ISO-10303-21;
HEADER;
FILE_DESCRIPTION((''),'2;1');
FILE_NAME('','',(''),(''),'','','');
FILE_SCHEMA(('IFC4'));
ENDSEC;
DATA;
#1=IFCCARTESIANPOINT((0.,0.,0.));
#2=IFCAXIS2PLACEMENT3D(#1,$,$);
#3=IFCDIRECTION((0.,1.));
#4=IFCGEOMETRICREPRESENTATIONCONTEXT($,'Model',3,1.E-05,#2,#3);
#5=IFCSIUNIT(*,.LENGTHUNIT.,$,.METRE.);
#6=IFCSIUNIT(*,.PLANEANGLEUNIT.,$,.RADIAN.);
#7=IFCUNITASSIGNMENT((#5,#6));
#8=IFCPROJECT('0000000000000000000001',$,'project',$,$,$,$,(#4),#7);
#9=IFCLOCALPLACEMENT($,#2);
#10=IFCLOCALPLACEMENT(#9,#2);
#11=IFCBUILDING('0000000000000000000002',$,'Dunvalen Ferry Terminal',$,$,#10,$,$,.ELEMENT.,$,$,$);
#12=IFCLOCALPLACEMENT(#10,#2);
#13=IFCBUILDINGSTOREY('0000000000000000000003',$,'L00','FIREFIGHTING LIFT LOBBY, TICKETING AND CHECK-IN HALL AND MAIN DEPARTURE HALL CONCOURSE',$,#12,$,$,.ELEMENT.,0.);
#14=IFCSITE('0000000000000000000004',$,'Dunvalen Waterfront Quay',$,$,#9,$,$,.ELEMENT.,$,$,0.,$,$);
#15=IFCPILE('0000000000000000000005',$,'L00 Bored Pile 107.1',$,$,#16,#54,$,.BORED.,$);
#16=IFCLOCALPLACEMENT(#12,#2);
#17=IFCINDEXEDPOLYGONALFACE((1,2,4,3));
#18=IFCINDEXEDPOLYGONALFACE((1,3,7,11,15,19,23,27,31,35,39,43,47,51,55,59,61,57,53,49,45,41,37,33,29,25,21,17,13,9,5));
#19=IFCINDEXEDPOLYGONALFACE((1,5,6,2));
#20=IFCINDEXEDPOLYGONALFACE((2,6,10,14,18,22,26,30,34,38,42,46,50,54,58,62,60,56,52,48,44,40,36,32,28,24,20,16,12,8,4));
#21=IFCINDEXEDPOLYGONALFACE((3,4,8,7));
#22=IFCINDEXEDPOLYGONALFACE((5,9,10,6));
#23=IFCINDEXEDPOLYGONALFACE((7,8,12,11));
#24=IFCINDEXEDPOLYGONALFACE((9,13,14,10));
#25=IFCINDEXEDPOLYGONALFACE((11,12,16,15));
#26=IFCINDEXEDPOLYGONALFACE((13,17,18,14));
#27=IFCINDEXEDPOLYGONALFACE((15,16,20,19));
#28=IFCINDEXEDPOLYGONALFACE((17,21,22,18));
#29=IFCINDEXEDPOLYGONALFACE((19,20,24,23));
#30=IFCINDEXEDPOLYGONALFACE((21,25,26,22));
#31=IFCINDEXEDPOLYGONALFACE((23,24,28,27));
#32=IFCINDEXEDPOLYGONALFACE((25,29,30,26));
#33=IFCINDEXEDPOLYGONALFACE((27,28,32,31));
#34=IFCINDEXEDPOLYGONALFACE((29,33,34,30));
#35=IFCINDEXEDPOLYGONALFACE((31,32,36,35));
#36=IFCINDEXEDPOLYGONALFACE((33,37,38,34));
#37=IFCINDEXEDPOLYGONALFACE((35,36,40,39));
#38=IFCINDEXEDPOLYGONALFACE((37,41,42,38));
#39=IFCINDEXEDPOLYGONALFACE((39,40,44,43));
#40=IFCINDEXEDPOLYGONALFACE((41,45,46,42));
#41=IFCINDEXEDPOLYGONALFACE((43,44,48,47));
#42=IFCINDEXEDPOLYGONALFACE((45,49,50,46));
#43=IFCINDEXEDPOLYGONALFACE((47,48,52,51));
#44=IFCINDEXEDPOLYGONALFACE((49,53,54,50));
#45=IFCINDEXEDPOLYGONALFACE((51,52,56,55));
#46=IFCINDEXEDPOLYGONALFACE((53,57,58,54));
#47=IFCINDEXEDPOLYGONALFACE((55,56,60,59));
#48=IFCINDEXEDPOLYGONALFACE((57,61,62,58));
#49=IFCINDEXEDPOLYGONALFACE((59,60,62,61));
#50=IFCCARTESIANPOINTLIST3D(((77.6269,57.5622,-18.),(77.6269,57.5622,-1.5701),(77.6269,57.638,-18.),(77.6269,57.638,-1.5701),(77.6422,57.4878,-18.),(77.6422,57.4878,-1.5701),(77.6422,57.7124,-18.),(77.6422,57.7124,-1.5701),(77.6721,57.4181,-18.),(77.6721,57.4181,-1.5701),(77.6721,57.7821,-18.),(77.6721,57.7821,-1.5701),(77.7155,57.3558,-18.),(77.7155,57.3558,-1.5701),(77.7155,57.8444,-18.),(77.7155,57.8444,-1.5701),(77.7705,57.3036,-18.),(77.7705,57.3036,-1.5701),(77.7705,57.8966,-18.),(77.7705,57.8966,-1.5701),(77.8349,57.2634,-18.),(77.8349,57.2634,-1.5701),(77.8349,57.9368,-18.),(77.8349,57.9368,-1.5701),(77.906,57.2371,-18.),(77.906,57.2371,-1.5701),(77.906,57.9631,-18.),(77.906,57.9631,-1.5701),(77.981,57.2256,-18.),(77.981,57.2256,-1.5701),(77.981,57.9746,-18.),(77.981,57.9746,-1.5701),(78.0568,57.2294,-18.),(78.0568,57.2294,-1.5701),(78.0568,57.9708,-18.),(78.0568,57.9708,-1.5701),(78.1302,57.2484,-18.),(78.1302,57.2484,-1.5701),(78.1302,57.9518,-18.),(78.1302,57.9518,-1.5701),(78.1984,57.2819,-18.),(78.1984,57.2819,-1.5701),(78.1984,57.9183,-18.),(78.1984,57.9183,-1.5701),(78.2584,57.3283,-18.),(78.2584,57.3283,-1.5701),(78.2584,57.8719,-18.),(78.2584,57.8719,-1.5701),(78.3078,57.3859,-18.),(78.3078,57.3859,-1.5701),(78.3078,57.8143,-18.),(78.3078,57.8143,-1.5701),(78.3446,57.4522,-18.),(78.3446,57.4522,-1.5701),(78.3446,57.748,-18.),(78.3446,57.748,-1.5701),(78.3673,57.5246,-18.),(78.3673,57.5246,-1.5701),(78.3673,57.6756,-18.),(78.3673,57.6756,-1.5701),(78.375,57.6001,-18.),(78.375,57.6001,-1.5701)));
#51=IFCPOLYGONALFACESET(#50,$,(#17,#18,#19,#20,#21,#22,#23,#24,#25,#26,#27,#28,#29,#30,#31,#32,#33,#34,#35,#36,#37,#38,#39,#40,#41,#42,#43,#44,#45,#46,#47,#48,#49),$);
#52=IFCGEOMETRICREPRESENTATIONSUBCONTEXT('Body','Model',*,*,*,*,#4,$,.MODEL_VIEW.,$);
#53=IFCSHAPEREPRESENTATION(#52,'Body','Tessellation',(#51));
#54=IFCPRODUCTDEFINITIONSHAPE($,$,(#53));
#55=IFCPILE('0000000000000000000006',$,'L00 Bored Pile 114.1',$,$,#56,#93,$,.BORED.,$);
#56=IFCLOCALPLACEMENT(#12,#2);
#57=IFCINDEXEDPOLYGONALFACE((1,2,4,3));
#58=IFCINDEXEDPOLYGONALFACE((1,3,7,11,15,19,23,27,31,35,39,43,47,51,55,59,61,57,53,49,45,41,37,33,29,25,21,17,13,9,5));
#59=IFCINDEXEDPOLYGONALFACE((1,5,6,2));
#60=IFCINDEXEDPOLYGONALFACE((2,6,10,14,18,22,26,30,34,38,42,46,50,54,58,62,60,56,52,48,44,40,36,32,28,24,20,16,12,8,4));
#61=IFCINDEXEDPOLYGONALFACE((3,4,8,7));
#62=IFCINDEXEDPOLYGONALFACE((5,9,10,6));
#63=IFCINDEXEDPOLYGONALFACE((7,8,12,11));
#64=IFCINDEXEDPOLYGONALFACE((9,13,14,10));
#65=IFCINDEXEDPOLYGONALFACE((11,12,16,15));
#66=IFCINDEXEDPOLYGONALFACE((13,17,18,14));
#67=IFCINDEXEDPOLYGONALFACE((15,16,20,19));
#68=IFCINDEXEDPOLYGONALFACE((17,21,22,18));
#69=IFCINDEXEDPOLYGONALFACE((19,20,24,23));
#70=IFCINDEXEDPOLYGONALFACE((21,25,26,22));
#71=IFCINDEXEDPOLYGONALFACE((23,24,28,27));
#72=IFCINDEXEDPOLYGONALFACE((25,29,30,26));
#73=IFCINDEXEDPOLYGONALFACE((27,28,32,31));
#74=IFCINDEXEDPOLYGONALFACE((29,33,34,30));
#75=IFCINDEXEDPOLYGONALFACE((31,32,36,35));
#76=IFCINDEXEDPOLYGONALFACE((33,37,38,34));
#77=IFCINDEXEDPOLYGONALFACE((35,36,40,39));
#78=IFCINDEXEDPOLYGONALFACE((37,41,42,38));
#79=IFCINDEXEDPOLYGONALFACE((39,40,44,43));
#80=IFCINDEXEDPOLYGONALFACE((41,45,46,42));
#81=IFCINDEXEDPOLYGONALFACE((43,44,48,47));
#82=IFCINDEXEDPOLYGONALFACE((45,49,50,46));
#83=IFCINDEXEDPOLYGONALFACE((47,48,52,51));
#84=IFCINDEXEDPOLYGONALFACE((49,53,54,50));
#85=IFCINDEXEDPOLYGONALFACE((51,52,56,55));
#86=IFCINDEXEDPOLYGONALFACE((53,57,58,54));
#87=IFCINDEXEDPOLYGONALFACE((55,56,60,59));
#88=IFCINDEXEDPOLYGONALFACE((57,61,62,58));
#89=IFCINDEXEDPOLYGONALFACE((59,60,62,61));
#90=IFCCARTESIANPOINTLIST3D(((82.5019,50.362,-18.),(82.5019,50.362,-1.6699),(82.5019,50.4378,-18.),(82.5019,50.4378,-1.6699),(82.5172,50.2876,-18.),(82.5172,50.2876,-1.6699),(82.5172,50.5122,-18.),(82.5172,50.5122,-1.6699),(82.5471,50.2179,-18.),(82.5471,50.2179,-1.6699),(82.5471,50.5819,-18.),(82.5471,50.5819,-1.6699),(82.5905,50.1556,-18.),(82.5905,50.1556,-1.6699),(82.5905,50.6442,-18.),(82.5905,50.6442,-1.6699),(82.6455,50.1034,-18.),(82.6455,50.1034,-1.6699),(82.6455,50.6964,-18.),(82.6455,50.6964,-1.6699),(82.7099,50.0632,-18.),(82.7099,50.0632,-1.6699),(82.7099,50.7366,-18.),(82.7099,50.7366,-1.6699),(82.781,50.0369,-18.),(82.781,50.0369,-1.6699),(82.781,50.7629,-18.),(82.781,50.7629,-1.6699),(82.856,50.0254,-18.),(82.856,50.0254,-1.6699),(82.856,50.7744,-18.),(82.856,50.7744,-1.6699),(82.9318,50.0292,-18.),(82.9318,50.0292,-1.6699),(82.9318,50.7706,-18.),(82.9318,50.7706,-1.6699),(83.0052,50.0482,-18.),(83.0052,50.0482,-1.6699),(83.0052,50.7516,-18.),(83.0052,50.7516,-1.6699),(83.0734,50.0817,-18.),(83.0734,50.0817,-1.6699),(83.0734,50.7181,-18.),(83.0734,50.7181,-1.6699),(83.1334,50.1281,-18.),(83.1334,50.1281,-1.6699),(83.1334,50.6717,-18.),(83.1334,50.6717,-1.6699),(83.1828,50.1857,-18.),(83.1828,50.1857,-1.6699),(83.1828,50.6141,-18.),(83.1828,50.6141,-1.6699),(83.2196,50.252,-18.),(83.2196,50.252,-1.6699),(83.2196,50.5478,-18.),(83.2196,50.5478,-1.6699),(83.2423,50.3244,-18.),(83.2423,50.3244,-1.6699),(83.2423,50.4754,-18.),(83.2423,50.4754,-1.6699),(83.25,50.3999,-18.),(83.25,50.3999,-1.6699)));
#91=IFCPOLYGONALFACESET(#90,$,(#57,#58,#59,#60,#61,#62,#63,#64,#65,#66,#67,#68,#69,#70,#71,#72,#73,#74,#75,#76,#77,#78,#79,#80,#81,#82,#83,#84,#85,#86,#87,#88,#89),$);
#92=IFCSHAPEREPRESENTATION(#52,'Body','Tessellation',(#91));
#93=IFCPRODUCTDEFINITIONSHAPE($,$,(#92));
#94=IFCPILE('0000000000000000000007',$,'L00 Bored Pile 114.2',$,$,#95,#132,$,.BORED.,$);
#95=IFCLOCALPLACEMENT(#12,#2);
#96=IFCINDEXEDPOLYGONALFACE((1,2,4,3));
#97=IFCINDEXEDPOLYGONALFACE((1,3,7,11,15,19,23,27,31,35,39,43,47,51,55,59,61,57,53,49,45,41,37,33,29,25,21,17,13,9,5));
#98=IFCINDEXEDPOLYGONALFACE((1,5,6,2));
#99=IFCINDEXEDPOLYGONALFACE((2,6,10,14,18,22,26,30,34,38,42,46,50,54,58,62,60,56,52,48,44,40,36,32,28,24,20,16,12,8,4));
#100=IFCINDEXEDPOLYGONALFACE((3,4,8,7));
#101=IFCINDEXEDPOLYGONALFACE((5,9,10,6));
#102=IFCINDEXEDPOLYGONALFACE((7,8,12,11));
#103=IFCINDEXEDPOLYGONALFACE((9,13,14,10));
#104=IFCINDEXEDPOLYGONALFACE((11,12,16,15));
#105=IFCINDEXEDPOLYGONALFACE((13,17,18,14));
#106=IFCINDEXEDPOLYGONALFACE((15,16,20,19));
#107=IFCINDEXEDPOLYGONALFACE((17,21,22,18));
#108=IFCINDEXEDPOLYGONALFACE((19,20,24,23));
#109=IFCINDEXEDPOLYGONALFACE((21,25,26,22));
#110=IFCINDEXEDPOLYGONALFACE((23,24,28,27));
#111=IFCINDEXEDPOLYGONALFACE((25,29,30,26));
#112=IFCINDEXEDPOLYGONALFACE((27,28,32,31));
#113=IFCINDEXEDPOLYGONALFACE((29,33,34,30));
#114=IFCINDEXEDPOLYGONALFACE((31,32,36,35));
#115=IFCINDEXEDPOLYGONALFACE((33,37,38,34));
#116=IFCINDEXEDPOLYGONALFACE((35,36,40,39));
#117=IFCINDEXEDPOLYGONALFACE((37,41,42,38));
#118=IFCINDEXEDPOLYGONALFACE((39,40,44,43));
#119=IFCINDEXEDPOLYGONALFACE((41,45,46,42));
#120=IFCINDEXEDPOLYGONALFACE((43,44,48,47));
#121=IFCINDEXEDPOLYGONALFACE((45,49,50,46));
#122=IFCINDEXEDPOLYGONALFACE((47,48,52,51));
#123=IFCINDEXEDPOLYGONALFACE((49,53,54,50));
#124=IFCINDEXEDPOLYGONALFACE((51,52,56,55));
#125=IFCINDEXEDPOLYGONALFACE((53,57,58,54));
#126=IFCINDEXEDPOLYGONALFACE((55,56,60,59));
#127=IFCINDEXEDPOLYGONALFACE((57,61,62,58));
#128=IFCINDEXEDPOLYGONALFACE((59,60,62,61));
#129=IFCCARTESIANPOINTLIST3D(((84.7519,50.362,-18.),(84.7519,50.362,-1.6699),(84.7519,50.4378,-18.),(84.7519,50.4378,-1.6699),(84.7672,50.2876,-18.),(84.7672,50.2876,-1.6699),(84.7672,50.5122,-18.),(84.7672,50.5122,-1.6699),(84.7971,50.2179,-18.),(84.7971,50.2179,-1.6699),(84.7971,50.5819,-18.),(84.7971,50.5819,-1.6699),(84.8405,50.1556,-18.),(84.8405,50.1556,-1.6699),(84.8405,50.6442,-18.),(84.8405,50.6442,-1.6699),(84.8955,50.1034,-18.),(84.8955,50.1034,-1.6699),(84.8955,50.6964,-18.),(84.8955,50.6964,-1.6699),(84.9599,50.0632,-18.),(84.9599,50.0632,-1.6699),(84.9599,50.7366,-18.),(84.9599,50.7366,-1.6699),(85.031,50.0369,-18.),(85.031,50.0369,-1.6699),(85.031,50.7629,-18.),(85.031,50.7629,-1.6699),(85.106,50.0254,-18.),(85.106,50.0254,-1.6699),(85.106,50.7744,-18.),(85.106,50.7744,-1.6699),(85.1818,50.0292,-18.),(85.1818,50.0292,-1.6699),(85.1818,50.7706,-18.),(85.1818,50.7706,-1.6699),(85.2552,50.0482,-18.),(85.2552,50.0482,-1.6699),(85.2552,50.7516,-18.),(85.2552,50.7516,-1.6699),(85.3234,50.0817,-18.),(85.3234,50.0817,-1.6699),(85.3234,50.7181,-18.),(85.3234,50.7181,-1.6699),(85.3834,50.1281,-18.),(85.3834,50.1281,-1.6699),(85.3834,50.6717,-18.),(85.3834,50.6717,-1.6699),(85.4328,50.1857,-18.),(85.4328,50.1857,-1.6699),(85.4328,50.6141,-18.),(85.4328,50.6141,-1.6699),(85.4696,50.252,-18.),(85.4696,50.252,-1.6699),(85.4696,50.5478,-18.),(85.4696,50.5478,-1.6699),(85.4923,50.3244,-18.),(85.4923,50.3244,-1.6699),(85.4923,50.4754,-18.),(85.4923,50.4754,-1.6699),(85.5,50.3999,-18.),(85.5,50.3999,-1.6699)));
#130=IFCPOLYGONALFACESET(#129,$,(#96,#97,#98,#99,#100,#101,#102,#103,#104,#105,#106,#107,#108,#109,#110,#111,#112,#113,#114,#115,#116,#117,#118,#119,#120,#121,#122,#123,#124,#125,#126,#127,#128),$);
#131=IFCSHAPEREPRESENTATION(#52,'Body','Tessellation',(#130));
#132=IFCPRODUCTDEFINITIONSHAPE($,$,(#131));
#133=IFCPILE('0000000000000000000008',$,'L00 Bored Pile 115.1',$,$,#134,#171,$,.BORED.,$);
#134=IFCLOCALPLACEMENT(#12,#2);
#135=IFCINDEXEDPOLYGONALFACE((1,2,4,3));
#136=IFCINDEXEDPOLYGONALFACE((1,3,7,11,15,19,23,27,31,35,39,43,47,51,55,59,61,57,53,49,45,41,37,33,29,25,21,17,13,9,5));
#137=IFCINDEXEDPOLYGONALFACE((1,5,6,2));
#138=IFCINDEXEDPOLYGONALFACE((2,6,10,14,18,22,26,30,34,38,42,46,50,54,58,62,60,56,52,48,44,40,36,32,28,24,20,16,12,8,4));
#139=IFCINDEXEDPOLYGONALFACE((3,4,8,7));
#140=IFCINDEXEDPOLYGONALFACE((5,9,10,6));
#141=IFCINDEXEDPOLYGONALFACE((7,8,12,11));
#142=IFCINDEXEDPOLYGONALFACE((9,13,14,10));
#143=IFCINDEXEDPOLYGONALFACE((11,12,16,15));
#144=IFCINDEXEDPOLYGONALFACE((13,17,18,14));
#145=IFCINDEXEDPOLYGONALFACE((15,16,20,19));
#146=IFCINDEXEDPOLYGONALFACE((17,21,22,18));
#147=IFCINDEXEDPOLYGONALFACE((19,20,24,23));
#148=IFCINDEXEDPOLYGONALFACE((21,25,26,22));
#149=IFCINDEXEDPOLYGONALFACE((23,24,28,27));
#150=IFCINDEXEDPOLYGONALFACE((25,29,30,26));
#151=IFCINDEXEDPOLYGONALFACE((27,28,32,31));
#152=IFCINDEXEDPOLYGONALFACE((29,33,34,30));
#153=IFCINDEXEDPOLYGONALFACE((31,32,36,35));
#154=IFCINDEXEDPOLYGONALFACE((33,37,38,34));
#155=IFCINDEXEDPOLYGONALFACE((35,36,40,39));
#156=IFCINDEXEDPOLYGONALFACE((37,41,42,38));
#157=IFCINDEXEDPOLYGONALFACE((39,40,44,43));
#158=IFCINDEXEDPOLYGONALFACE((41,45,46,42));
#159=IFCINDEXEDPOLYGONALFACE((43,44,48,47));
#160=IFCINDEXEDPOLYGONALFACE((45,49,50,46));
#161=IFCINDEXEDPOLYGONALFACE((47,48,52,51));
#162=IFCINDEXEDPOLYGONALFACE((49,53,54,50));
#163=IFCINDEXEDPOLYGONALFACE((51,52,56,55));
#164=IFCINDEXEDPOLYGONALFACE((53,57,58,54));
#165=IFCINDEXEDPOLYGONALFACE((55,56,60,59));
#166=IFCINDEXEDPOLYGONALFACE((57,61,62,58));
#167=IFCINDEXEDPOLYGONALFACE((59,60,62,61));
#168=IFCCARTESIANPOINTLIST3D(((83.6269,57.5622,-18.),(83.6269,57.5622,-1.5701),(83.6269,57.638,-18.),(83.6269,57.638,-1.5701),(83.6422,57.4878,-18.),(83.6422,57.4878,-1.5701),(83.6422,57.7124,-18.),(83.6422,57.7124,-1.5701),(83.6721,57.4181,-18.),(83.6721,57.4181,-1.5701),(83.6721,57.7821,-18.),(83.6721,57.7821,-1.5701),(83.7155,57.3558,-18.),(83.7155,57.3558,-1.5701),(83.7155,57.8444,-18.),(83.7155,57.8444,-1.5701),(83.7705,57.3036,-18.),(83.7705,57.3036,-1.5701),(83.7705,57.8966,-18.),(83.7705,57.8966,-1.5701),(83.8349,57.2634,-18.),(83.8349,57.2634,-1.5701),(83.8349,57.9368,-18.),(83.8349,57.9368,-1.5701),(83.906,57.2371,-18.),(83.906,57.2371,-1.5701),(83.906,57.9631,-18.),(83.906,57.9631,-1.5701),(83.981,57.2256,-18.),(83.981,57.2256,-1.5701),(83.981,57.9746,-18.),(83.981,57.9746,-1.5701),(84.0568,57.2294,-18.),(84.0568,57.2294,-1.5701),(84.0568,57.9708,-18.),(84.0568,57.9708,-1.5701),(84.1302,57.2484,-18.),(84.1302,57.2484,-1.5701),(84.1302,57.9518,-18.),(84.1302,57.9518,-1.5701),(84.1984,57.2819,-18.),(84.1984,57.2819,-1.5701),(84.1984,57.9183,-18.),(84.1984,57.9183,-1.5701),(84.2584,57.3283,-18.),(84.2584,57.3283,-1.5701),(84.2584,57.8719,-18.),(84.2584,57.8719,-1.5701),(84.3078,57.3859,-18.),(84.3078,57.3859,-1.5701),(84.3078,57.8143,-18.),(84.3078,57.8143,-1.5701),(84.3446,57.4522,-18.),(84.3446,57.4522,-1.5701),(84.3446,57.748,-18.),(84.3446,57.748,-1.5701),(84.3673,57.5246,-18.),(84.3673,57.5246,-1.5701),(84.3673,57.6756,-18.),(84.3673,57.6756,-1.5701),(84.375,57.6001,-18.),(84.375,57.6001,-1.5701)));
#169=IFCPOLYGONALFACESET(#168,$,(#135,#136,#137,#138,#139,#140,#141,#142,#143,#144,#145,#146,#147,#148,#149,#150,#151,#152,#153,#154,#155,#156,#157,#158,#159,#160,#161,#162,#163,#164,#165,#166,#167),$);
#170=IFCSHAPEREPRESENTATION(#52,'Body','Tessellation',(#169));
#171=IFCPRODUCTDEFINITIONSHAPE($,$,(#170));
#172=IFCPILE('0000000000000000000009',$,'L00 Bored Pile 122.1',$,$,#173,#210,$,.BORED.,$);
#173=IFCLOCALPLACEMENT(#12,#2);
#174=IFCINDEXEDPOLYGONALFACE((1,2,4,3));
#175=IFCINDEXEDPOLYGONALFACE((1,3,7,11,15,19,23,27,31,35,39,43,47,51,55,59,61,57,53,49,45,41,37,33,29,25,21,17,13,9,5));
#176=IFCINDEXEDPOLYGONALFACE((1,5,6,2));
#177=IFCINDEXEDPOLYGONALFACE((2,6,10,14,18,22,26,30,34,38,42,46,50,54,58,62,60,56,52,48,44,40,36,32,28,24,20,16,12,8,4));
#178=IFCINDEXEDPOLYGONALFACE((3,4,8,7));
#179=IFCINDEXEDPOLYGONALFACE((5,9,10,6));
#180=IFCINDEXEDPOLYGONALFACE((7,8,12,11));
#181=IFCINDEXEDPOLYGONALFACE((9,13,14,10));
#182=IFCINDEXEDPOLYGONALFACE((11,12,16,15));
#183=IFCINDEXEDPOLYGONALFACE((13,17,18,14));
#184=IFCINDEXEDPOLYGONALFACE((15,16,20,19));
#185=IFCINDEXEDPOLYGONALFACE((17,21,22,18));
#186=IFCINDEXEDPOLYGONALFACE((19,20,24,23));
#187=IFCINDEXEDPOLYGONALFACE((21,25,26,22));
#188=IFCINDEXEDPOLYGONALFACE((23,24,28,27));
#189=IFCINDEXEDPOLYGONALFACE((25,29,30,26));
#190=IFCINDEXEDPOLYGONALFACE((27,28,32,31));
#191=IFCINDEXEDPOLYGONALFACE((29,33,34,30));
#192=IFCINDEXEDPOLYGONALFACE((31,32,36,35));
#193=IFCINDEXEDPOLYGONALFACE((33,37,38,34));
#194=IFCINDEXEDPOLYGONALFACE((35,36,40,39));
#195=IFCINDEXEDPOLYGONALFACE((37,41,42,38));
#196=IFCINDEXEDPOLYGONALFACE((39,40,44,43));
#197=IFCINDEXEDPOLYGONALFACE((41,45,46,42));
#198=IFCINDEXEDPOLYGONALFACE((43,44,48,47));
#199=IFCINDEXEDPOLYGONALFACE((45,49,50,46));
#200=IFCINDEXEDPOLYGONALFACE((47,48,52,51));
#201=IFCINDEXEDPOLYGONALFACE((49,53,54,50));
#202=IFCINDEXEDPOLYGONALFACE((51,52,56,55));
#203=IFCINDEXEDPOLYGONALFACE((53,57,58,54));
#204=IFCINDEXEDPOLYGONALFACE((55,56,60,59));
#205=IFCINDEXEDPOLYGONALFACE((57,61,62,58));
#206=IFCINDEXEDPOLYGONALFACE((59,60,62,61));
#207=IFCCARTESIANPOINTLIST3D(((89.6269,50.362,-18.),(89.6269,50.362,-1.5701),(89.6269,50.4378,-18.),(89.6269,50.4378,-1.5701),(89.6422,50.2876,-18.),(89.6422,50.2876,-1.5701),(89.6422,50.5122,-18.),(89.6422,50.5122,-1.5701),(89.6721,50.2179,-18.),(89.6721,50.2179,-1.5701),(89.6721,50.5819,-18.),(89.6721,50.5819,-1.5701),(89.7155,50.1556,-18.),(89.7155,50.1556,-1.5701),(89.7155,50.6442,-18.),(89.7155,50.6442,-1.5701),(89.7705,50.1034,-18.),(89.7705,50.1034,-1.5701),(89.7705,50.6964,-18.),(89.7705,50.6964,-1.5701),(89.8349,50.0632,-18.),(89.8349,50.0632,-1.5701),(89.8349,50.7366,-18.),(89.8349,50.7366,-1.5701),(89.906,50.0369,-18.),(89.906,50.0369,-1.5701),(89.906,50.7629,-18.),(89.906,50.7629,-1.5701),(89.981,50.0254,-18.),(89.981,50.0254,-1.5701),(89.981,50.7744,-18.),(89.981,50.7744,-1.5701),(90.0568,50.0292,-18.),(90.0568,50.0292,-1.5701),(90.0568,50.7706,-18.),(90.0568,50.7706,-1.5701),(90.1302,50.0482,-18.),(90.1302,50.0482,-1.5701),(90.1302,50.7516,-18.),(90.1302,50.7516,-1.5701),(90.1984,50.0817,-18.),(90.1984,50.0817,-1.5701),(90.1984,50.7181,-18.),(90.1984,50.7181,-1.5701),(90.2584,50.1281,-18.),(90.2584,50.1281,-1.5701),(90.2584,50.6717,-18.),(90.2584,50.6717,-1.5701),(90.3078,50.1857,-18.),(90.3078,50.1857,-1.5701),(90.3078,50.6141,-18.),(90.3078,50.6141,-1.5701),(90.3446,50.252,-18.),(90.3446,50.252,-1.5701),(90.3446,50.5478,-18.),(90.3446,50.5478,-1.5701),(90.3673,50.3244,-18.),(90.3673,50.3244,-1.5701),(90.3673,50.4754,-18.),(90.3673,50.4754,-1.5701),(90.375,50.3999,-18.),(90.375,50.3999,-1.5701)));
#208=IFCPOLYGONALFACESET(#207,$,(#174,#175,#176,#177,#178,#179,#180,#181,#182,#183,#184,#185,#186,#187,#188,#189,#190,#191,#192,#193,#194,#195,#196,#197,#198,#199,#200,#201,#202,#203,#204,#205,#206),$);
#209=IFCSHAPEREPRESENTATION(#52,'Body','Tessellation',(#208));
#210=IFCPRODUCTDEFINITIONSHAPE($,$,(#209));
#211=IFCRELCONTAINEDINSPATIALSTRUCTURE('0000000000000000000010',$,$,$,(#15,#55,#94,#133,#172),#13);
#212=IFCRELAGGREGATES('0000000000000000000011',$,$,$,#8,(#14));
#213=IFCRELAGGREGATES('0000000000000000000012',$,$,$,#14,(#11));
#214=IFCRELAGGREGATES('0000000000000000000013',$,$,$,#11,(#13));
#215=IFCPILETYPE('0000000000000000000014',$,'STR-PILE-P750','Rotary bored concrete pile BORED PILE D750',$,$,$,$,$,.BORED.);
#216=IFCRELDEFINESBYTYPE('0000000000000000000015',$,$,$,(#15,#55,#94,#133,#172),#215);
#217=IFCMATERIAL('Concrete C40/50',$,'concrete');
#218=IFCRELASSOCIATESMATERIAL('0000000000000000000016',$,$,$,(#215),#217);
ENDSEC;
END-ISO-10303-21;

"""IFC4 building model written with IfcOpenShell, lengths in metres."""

from ifc_helpers import new_model, si_unit, direction, frame, origin, origin_2d, place, context, subcontext, project, spatial, circle, extrude, material, material_profile, profile_set, type_object, element, save


model = new_model("IFC4")

# Units and contexts
model_context = context("Model", 3, precision=1e-05, world=origin(), true_north=direction((0.0, 1.0)))
body_context = subcontext(model_context, "Body", "Model", "MODEL_VIEW")
ifc_project = project(units=[si_unit("LENGTHUNIT", "METRE"), si_unit("PLANEANGLEUNIT", "RADIAN")], contexts=[model_context])

# Site, building, storey
site_placement = place(None, origin())
site = spatial("IfcSite", under=ifc_project, at=site_placement, Name="Dunvalen Waterfront Quay", CompositionType="ELEMENT", RefElevation=0.0)
building_placement = place(site_placement, origin())
building = spatial("IfcBuilding", under=site, at=building_placement, Name="Dunvalen Ferry Terminal", CompositionType="ELEMENT")
storey_placement = place(building_placement, origin())
storey = spatial("IfcBuildingStorey", under=building, at=storey_placement, Name="L00", Description="FIREFIGHTING LIFT LOBBY, TICKETING AND CHECK-IN HALL AND MAIN DEPARTURE HALL CONCOURSE", CompositionType="ELEMENT", Elevation=0.0)

# Shared definitions
ifc_material_1 = material(Name="Concrete C40/50", Category="concrete")

# Piles
ifc_material_profile_1 = material_profile(ifc_material_1, circle(Radius=0.375, at=origin_2d()), Name="Concrete C40/50")
ifc_profile_set_1 = profile_set([ifc_material_profile_1], Name="Concrete C40/50")
pile_type = type_object("IfcPileType", Name="STR-PILE-P750", Description="Rotary bored concrete pile BORED PILE D750", PredefinedType="BORED", material=ifc_profile_set_1)
for number, where, z_axis, x_axis, name in (
    (1, (78.0, 57.6001, -1.5701), (0.0, 0.0, -1.0), (1.0, 0.0, 0.0), "L00 Bored Pile 107.1"),
):
    element("IfcPile", number, at=place(storey_placement, frame(where, z_axis=z_axis, x_axis=x_axis)), inside=storey, type_object=pile_type, Name=name, PredefinedType="BORED", context=body_context, shape_type="SweptSolid", body=[
        extrude(circle(Radius=0.375, at=origin_2d()), origin(), (0.0, 0.0, 1.0), 16.4299),
    ])
for number, where, z_axis, x_axis, name in (
    (2, (82.875, 50.3999, -1.6699), (0.0, 0.0, -1.0), (1.0, 0.0, 0.0), "L00 Bored Pile 114.1"),
    (3, (85.125, 50.3999, -1.6699), (0.0, 0.0, -1.0), (1.0, 0.0, 0.0), "L00 Bored Pile 114.2"),
):
    element("IfcPile", number, at=place(storey_placement, frame(where, z_axis=z_axis, x_axis=x_axis)), inside=storey, type_object=pile_type, Name=name, PredefinedType="BORED", context=body_context, shape_type="SweptSolid", body=[
        extrude(circle(Radius=0.375, at=origin_2d()), origin(), (0.0, 0.0, 1.0), 16.3301),
    ])
for number, where, z_axis, x_axis, name in (
    (4, (84.0, 57.6001, -1.5701), (0.0, 0.0, -1.0), (1.0, 0.0, 0.0), "L00 Bored Pile 115.1"),
    (5, (90.0, 50.3999, -1.5701), (0.0, 0.0, -1.0), (1.0, 0.0, 0.0), "L00 Bored Pile 122.1"),
):
    element("IfcPile", number, at=place(storey_placement, frame(where, z_axis=z_axis, x_axis=x_axis)), inside=storey, type_object=pile_type, Name=name, PredefinedType="BORED", context=body_context, shape_type="SweptSolid", body=[
        extrude(circle(Radius=0.375, at=origin_2d()), origin(), (0.0, 0.0, 1.0), 16.4299),
    ])

save(model, "model.ifc")
